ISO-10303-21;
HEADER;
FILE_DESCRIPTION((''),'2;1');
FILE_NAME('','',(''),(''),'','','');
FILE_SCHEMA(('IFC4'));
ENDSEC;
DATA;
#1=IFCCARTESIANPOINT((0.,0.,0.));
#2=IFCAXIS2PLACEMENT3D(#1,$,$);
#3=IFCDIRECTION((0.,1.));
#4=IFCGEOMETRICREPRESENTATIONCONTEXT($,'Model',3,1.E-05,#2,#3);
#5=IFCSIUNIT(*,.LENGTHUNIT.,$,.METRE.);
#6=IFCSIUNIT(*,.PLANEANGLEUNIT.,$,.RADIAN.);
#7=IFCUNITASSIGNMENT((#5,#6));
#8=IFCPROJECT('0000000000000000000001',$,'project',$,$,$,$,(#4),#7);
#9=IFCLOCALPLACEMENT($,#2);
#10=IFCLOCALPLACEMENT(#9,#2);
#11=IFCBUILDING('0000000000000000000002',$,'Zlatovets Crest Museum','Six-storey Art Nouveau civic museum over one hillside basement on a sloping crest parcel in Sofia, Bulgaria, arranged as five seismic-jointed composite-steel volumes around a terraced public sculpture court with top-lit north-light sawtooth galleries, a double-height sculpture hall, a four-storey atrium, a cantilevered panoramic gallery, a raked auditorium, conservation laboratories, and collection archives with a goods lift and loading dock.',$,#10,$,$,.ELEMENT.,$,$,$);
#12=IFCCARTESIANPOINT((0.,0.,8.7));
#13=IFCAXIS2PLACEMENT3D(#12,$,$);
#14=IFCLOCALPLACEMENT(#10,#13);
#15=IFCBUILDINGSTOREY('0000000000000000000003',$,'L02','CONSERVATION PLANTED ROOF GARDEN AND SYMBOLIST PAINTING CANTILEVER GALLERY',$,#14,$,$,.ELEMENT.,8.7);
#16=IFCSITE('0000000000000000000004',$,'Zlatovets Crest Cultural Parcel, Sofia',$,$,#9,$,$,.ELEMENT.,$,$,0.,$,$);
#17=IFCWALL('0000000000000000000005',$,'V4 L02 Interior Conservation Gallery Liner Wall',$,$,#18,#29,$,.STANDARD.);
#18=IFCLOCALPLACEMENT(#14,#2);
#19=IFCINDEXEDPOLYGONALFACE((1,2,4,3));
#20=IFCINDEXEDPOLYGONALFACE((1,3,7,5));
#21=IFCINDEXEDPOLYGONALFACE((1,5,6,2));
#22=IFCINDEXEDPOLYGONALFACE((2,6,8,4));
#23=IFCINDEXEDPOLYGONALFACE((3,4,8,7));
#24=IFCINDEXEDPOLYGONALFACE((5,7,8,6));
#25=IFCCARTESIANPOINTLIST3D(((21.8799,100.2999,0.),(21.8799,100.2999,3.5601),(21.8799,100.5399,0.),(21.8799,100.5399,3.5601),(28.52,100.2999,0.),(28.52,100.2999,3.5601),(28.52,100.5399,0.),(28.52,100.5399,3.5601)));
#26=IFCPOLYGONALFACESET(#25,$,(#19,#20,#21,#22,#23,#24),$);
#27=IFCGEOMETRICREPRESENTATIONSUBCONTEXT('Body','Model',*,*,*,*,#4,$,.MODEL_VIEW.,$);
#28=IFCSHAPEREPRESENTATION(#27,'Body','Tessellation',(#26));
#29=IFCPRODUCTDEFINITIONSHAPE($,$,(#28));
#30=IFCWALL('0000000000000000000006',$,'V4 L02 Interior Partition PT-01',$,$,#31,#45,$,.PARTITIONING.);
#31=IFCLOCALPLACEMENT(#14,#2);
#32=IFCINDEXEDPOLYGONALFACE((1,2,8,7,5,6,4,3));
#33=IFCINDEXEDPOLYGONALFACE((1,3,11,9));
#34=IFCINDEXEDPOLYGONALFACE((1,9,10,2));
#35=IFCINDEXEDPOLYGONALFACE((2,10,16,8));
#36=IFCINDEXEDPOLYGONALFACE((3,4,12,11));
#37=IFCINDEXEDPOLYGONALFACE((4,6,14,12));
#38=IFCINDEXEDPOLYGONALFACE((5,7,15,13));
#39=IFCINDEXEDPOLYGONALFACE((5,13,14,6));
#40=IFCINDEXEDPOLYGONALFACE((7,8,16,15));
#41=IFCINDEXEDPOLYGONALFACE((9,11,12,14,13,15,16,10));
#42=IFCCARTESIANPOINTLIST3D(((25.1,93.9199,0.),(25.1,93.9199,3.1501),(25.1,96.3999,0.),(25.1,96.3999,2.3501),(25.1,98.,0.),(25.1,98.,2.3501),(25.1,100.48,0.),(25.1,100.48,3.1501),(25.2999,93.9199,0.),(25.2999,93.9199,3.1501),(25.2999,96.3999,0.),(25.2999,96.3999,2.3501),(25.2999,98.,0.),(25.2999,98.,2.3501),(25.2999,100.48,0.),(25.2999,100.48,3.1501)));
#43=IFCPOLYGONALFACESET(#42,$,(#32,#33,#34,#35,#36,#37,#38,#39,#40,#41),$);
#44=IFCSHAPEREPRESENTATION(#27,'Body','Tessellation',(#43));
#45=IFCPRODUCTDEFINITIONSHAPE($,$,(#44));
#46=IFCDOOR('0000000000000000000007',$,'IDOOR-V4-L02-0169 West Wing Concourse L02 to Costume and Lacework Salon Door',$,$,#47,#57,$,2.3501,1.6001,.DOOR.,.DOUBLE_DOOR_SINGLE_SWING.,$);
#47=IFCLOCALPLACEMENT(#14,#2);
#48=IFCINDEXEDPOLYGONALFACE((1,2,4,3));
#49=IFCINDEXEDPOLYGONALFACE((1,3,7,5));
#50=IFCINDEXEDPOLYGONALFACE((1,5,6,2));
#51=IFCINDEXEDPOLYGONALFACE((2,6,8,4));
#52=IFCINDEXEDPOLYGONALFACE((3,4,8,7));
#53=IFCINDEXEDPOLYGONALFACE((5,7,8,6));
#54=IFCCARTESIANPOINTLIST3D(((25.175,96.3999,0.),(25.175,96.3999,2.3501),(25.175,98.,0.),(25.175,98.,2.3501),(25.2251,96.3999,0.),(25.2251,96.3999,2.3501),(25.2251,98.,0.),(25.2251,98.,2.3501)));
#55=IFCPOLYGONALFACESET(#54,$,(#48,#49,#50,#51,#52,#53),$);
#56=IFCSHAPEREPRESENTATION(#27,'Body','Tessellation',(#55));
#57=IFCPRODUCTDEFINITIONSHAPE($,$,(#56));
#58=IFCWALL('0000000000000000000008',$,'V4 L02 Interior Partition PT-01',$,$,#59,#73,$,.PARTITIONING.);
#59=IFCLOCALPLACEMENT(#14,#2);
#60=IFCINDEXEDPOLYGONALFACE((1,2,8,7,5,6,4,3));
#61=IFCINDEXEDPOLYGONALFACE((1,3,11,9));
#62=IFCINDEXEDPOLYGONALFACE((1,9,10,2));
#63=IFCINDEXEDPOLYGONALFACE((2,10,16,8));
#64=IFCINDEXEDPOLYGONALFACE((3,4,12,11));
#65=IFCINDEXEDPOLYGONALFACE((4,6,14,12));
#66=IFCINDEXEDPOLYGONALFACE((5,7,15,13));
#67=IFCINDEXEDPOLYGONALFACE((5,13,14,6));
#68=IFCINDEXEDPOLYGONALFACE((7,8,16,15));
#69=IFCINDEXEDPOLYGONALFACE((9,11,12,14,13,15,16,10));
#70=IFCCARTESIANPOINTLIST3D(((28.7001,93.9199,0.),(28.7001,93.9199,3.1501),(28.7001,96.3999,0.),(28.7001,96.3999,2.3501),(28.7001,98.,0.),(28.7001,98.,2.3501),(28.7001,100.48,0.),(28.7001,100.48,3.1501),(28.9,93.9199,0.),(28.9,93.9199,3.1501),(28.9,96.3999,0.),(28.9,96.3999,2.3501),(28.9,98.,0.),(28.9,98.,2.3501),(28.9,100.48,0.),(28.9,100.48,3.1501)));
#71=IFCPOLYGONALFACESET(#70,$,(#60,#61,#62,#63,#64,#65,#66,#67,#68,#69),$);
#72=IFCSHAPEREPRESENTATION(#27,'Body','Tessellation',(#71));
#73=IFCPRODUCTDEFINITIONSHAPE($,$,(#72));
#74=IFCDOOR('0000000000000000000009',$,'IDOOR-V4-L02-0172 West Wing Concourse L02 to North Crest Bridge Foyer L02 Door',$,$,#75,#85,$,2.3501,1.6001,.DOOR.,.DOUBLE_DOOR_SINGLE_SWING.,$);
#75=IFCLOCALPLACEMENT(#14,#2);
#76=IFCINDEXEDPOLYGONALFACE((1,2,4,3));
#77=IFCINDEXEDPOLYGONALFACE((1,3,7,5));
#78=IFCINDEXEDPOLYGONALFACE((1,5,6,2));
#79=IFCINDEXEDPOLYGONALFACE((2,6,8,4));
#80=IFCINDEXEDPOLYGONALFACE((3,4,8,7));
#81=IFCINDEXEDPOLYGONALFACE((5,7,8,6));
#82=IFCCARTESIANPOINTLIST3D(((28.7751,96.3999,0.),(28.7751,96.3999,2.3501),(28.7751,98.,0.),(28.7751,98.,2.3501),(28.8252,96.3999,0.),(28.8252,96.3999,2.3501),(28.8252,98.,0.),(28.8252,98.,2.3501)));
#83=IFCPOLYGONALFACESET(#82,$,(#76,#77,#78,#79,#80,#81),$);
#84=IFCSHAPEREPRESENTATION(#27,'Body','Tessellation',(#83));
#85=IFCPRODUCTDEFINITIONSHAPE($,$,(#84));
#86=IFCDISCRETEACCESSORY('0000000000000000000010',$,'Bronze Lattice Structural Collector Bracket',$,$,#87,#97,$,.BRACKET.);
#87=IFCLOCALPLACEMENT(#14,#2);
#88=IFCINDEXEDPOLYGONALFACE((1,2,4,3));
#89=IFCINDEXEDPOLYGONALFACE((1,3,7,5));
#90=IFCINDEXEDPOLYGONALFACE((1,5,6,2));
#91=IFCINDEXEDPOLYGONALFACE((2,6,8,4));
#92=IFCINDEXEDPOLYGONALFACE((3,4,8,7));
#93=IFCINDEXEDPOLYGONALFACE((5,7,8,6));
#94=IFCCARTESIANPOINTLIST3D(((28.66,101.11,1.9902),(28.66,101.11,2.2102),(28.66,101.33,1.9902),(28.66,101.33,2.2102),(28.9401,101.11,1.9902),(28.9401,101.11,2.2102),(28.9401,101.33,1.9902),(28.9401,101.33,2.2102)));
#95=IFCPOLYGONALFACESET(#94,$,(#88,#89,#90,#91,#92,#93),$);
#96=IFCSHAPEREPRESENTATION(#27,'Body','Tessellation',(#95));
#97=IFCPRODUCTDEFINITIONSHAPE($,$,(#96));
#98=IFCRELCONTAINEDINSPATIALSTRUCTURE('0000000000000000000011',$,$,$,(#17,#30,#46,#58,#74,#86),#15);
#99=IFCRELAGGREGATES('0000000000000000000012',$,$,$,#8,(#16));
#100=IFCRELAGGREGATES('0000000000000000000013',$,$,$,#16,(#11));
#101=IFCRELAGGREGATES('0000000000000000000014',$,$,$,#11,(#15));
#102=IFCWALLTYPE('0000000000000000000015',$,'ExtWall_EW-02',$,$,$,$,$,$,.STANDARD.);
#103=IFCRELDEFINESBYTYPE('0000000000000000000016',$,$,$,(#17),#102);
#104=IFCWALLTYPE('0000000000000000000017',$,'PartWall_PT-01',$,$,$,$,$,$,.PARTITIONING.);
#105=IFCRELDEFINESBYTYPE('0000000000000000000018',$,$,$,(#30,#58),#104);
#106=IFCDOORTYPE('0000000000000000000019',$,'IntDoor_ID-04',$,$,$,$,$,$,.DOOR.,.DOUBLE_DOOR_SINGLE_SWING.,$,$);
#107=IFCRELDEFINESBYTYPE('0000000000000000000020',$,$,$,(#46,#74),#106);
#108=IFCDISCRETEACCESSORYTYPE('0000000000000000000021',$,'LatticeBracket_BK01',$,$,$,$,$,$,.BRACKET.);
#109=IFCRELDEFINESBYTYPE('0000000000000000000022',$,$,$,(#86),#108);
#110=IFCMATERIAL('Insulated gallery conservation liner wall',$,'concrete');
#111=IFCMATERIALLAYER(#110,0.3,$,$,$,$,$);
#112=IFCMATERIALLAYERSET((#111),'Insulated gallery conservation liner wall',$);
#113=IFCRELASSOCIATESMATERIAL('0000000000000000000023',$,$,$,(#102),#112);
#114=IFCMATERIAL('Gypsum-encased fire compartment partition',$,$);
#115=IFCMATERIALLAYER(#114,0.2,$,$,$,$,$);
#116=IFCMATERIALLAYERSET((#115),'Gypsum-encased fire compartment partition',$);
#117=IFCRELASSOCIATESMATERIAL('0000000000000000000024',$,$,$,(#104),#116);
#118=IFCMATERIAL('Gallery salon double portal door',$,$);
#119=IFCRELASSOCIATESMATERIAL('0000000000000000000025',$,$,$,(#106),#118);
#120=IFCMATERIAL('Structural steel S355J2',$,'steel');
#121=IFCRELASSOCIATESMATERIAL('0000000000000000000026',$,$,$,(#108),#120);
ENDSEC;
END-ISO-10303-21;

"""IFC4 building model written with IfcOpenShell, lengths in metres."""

from ifc_helpers import new_model, si_unit, direction, frame, frame_2d, origin, origin_2d, place, context, subcontext, project, spatial, rectangle, extrude, material, layer, layer_set, type_object, element, fill, save


model = new_model("IFC4")

# Units and contexts
model_context = context("Model", 3, precision=1e-05, world=origin(), true_north=direction((0.0, 1.0)))
body_context = subcontext(model_context, "Body", "Model", "MODEL_VIEW")
ifc_project = project(units=[si_unit("LENGTHUNIT", "METRE"), si_unit("PLANEANGLEUNIT", "RADIAN")], contexts=[model_context])

# Site, building, storey
site_placement = place(None, origin())
site = spatial("IfcSite", under=ifc_project, at=site_placement, Name="Zlatovets Crest Cultural Parcel, Sofia", CompositionType="ELEMENT", RefElevation=0.0)
building_placement = place(site_placement, origin())
building = spatial("IfcBuilding", under=site, at=building_placement, Name="Zlatovets Crest Museum", Description="Six-storey Art Nouveau civic museum over one hillside basement on a sloping crest parcel in Sofia, Bulgaria, arranged as five seismic-jointed composite-steel volumes around a terraced public sculpture court with top-lit north-light sawtooth galleries, a double-height sculpture hall, a four-storey atrium, a cantilevered panoramic gallery, a raked auditorium, conservation laboratories, and collection archives with a goods lift and loading dock.", CompositionType="ELEMENT")
storey_placement = place(building_placement, frame((0.0, 0.0, 8.7)))
storey = spatial("IfcBuildingStorey", under=building, at=storey_placement, Name="L02", Description="CONSERVATION PLANTED ROOF GARDEN AND SYMBOLIST PAINTING CANTILEVER GALLERY", CompositionType="ELEMENT", Elevation=8.7)

# Shared definitions
ifc_material_1 = material(Name="Structural steel S355J2", Category="steel")

# Wall
ifc_material_2 = material(Name="Insulated gallery conservation liner wall", Category="concrete")
ifc_layer_1 = layer(ifc_material_2, 0.3)
ifc_layer_set_1 = layer_set([ifc_layer_1], Name="Insulated gallery conservation liner wall")
wall_type_1 = type_object("IfcWallType", Name="ExtWall_EW-02", PredefinedType="STANDARD", material=ifc_layer_set_1)
wall_1_placement = place(storey_placement, frame((28.52, 100.4199, 0.0), z_axis=(0.0, 0.0, 1.0), x_axis=(-1.0, 0.0, 0.0)))
element("IfcWall", 1, at=wall_1_placement, inside=storey, type_object=wall_type_1, Name="V4 L02 Interior Conservation Gallery Liner Wall", PredefinedType="STANDARD", context=body_context, shape_type="SweptSolid", body=[
    extrude(rectangle(XDim=6.6401, YDim=0.24, at=frame_2d((3.3201, 0.0))), origin(), (0.0, 0.0, 1.0), 3.5601),
])

# Walls, openings, doors
ifc_material_3 = material(Name="Gypsum-encased fire compartment partition")
ifc_layer_2 = layer(ifc_material_3, 0.2)
ifc_layer_set_2 = layer_set([ifc_layer_2], Name="Gypsum-encased fire compartment partition")
wall_type_2 = type_object("IfcWallType", Name="PartWall_PT-01", PredefinedType="PARTITIONING", material=ifc_layer_set_2)
wall_2_placement = place(storey_placement, frame((25.2, 93.9199, 0.0), z_axis=(0.0, 0.0, 1.0), x_axis=(0.0, 1.0, 0.0)))
wall_2 = element("IfcWall", 2, at=wall_2_placement, inside=storey, type_object=wall_type_2, Name="V4 L02 Interior Partition PT-01", PredefinedType="PARTITIONING", context=body_context, shape_type="SweptSolid", body=[
    extrude(rectangle(XDim=6.5601, YDim=0.2, at=frame_2d((3.28, 0.0))), origin(), (0.0, 0.0, 1.0), 3.1501),
])
opening_1_placement = place(wall_2_placement, frame((2.48, 0.0, 0.0)))
opening_1 = element("IfcOpeningElement", 3, at=opening_1_placement, cuts=wall_2, PredefinedType="OPENING", context=body_context, shape_type="SweptSolid", body=[
    extrude(rectangle(XDim=1.6001, YDim=2.3501, at=frame_2d((0.8, 1.175))), frame((0.0, 0.1099, 0.0), z_axis=(0.0, -1.0, 0.0), x_axis=(1.0, 0.0, 0.0)), (0.0, 0.0, 1.0), 0.22),
])
ifc_material_4 = material(Name="Gallery salon double portal door")
door_type = type_object("IfcDoorType", Name="IntDoor_ID-04", OperationType="DOUBLE_DOOR_SINGLE_SWING", PredefinedType="DOOR", material=ifc_material_4)
door_1_placement = place(opening_1_placement, origin())
door_1 = element("IfcDoor", 4, at=door_1_placement, inside=storey, type_object=door_type, Name="IDOOR-V4-L02-0169 West Wing Concourse L02 to Costume and Lacework Salon Door", OperationType="DOUBLE_DOOR_SINGLE_SWING", OverallHeight=2.3501, OverallWidth=1.6001, PredefinedType="DOOR", context=body_context, shape_type="SweptSolid", body=[
    extrude(rectangle(XDim=1.6001, YDim=2.3501, at=frame_2d((0.8, 1.175))), frame((0.0, 0.0249, 0.0), z_axis=(0.0, -1.0, 0.0), x_axis=(1.0, 0.0, 0.0)), (0.0, 0.0, 1.0), 0.05),
])
fill(opening_1, door_1)
wall_3_placement = place(storey_placement, frame((28.8, 93.9199, 0.0), z_axis=(0.0, 0.0, 1.0), x_axis=(0.0, 1.0, 0.0)))
wall_3 = element("IfcWall", 5, at=wall_3_placement, inside=storey, type_object=wall_type_2, Name="V4 L02 Interior Partition PT-01", PredefinedType="PARTITIONING", context=body_context, shape_type="SweptSolid", body=[
    extrude(rectangle(XDim=6.5601, YDim=0.2, at=frame_2d((3.28, 0.0))), origin(), (0.0, 0.0, 1.0), 3.1501),
])
opening_2_placement = place(wall_3_placement, frame((2.48, 0.0, 0.0)))
opening_2 = element("IfcOpeningElement", 6, at=opening_2_placement, cuts=wall_3, PredefinedType="OPENING", context=body_context, shape_type="SweptSolid", body=[
    extrude(rectangle(XDim=1.6001, YDim=2.3501, at=frame_2d((0.8, 1.175))), frame((0.0, 0.1099, 0.0), z_axis=(0.0, -1.0, 0.0), x_axis=(1.0, 0.0, 0.0)), (0.0, 0.0, 1.0), 0.22),
])
door_2_placement = place(opening_2_placement, origin())
door_2 = element("IfcDoor", 7, at=door_2_placement, inside=storey, type_object=door_type, Name="IDOOR-V4-L02-0172 West Wing Concourse L02 to North Crest Bridge Foyer L02 Door", OperationType="DOUBLE_DOOR_SINGLE_SWING", OverallHeight=2.3501, OverallWidth=1.6001, PredefinedType="DOOR", context=body_context, shape_type="SweptSolid", body=[
    extrude(rectangle(XDim=1.6001, YDim=2.3501, at=frame_2d((0.8, 1.175))), frame((0.0, 0.0249, 0.0), z_axis=(0.0, -1.0, 0.0), x_axis=(1.0, 0.0, 0.0)), (0.0, 0.0, 1.0), 0.05),
])
fill(opening_2, door_2)

# Discrete accessory
discrete_accessory_type = type_object("IfcDiscreteAccessoryType", Name="LatticeBracket_BK01", PredefinedType="BRACKET", material=ifc_material_1)
discrete_accessory_placement = place(storey_placement, frame((28.8, 101.22, 1.9902), z_axis=(0.0, 0.0, 1.0), x_axis=(1.0, 0.0, 0.0)))
element("IfcDiscreteAccessory", 8, at=discrete_accessory_placement, inside=storey, type_object=discrete_accessory_type, Name="Bronze Lattice Structural Collector Bracket", PredefinedType="BRACKET", context=body_context, shape_type="SweptSolid", body=[
    extrude(rectangle(XDim=0.28, YDim=0.22, at=origin_2d()), origin(), (0.0, 0.0, 1.0), 0.22),
])

save(model, "model.ifc")
